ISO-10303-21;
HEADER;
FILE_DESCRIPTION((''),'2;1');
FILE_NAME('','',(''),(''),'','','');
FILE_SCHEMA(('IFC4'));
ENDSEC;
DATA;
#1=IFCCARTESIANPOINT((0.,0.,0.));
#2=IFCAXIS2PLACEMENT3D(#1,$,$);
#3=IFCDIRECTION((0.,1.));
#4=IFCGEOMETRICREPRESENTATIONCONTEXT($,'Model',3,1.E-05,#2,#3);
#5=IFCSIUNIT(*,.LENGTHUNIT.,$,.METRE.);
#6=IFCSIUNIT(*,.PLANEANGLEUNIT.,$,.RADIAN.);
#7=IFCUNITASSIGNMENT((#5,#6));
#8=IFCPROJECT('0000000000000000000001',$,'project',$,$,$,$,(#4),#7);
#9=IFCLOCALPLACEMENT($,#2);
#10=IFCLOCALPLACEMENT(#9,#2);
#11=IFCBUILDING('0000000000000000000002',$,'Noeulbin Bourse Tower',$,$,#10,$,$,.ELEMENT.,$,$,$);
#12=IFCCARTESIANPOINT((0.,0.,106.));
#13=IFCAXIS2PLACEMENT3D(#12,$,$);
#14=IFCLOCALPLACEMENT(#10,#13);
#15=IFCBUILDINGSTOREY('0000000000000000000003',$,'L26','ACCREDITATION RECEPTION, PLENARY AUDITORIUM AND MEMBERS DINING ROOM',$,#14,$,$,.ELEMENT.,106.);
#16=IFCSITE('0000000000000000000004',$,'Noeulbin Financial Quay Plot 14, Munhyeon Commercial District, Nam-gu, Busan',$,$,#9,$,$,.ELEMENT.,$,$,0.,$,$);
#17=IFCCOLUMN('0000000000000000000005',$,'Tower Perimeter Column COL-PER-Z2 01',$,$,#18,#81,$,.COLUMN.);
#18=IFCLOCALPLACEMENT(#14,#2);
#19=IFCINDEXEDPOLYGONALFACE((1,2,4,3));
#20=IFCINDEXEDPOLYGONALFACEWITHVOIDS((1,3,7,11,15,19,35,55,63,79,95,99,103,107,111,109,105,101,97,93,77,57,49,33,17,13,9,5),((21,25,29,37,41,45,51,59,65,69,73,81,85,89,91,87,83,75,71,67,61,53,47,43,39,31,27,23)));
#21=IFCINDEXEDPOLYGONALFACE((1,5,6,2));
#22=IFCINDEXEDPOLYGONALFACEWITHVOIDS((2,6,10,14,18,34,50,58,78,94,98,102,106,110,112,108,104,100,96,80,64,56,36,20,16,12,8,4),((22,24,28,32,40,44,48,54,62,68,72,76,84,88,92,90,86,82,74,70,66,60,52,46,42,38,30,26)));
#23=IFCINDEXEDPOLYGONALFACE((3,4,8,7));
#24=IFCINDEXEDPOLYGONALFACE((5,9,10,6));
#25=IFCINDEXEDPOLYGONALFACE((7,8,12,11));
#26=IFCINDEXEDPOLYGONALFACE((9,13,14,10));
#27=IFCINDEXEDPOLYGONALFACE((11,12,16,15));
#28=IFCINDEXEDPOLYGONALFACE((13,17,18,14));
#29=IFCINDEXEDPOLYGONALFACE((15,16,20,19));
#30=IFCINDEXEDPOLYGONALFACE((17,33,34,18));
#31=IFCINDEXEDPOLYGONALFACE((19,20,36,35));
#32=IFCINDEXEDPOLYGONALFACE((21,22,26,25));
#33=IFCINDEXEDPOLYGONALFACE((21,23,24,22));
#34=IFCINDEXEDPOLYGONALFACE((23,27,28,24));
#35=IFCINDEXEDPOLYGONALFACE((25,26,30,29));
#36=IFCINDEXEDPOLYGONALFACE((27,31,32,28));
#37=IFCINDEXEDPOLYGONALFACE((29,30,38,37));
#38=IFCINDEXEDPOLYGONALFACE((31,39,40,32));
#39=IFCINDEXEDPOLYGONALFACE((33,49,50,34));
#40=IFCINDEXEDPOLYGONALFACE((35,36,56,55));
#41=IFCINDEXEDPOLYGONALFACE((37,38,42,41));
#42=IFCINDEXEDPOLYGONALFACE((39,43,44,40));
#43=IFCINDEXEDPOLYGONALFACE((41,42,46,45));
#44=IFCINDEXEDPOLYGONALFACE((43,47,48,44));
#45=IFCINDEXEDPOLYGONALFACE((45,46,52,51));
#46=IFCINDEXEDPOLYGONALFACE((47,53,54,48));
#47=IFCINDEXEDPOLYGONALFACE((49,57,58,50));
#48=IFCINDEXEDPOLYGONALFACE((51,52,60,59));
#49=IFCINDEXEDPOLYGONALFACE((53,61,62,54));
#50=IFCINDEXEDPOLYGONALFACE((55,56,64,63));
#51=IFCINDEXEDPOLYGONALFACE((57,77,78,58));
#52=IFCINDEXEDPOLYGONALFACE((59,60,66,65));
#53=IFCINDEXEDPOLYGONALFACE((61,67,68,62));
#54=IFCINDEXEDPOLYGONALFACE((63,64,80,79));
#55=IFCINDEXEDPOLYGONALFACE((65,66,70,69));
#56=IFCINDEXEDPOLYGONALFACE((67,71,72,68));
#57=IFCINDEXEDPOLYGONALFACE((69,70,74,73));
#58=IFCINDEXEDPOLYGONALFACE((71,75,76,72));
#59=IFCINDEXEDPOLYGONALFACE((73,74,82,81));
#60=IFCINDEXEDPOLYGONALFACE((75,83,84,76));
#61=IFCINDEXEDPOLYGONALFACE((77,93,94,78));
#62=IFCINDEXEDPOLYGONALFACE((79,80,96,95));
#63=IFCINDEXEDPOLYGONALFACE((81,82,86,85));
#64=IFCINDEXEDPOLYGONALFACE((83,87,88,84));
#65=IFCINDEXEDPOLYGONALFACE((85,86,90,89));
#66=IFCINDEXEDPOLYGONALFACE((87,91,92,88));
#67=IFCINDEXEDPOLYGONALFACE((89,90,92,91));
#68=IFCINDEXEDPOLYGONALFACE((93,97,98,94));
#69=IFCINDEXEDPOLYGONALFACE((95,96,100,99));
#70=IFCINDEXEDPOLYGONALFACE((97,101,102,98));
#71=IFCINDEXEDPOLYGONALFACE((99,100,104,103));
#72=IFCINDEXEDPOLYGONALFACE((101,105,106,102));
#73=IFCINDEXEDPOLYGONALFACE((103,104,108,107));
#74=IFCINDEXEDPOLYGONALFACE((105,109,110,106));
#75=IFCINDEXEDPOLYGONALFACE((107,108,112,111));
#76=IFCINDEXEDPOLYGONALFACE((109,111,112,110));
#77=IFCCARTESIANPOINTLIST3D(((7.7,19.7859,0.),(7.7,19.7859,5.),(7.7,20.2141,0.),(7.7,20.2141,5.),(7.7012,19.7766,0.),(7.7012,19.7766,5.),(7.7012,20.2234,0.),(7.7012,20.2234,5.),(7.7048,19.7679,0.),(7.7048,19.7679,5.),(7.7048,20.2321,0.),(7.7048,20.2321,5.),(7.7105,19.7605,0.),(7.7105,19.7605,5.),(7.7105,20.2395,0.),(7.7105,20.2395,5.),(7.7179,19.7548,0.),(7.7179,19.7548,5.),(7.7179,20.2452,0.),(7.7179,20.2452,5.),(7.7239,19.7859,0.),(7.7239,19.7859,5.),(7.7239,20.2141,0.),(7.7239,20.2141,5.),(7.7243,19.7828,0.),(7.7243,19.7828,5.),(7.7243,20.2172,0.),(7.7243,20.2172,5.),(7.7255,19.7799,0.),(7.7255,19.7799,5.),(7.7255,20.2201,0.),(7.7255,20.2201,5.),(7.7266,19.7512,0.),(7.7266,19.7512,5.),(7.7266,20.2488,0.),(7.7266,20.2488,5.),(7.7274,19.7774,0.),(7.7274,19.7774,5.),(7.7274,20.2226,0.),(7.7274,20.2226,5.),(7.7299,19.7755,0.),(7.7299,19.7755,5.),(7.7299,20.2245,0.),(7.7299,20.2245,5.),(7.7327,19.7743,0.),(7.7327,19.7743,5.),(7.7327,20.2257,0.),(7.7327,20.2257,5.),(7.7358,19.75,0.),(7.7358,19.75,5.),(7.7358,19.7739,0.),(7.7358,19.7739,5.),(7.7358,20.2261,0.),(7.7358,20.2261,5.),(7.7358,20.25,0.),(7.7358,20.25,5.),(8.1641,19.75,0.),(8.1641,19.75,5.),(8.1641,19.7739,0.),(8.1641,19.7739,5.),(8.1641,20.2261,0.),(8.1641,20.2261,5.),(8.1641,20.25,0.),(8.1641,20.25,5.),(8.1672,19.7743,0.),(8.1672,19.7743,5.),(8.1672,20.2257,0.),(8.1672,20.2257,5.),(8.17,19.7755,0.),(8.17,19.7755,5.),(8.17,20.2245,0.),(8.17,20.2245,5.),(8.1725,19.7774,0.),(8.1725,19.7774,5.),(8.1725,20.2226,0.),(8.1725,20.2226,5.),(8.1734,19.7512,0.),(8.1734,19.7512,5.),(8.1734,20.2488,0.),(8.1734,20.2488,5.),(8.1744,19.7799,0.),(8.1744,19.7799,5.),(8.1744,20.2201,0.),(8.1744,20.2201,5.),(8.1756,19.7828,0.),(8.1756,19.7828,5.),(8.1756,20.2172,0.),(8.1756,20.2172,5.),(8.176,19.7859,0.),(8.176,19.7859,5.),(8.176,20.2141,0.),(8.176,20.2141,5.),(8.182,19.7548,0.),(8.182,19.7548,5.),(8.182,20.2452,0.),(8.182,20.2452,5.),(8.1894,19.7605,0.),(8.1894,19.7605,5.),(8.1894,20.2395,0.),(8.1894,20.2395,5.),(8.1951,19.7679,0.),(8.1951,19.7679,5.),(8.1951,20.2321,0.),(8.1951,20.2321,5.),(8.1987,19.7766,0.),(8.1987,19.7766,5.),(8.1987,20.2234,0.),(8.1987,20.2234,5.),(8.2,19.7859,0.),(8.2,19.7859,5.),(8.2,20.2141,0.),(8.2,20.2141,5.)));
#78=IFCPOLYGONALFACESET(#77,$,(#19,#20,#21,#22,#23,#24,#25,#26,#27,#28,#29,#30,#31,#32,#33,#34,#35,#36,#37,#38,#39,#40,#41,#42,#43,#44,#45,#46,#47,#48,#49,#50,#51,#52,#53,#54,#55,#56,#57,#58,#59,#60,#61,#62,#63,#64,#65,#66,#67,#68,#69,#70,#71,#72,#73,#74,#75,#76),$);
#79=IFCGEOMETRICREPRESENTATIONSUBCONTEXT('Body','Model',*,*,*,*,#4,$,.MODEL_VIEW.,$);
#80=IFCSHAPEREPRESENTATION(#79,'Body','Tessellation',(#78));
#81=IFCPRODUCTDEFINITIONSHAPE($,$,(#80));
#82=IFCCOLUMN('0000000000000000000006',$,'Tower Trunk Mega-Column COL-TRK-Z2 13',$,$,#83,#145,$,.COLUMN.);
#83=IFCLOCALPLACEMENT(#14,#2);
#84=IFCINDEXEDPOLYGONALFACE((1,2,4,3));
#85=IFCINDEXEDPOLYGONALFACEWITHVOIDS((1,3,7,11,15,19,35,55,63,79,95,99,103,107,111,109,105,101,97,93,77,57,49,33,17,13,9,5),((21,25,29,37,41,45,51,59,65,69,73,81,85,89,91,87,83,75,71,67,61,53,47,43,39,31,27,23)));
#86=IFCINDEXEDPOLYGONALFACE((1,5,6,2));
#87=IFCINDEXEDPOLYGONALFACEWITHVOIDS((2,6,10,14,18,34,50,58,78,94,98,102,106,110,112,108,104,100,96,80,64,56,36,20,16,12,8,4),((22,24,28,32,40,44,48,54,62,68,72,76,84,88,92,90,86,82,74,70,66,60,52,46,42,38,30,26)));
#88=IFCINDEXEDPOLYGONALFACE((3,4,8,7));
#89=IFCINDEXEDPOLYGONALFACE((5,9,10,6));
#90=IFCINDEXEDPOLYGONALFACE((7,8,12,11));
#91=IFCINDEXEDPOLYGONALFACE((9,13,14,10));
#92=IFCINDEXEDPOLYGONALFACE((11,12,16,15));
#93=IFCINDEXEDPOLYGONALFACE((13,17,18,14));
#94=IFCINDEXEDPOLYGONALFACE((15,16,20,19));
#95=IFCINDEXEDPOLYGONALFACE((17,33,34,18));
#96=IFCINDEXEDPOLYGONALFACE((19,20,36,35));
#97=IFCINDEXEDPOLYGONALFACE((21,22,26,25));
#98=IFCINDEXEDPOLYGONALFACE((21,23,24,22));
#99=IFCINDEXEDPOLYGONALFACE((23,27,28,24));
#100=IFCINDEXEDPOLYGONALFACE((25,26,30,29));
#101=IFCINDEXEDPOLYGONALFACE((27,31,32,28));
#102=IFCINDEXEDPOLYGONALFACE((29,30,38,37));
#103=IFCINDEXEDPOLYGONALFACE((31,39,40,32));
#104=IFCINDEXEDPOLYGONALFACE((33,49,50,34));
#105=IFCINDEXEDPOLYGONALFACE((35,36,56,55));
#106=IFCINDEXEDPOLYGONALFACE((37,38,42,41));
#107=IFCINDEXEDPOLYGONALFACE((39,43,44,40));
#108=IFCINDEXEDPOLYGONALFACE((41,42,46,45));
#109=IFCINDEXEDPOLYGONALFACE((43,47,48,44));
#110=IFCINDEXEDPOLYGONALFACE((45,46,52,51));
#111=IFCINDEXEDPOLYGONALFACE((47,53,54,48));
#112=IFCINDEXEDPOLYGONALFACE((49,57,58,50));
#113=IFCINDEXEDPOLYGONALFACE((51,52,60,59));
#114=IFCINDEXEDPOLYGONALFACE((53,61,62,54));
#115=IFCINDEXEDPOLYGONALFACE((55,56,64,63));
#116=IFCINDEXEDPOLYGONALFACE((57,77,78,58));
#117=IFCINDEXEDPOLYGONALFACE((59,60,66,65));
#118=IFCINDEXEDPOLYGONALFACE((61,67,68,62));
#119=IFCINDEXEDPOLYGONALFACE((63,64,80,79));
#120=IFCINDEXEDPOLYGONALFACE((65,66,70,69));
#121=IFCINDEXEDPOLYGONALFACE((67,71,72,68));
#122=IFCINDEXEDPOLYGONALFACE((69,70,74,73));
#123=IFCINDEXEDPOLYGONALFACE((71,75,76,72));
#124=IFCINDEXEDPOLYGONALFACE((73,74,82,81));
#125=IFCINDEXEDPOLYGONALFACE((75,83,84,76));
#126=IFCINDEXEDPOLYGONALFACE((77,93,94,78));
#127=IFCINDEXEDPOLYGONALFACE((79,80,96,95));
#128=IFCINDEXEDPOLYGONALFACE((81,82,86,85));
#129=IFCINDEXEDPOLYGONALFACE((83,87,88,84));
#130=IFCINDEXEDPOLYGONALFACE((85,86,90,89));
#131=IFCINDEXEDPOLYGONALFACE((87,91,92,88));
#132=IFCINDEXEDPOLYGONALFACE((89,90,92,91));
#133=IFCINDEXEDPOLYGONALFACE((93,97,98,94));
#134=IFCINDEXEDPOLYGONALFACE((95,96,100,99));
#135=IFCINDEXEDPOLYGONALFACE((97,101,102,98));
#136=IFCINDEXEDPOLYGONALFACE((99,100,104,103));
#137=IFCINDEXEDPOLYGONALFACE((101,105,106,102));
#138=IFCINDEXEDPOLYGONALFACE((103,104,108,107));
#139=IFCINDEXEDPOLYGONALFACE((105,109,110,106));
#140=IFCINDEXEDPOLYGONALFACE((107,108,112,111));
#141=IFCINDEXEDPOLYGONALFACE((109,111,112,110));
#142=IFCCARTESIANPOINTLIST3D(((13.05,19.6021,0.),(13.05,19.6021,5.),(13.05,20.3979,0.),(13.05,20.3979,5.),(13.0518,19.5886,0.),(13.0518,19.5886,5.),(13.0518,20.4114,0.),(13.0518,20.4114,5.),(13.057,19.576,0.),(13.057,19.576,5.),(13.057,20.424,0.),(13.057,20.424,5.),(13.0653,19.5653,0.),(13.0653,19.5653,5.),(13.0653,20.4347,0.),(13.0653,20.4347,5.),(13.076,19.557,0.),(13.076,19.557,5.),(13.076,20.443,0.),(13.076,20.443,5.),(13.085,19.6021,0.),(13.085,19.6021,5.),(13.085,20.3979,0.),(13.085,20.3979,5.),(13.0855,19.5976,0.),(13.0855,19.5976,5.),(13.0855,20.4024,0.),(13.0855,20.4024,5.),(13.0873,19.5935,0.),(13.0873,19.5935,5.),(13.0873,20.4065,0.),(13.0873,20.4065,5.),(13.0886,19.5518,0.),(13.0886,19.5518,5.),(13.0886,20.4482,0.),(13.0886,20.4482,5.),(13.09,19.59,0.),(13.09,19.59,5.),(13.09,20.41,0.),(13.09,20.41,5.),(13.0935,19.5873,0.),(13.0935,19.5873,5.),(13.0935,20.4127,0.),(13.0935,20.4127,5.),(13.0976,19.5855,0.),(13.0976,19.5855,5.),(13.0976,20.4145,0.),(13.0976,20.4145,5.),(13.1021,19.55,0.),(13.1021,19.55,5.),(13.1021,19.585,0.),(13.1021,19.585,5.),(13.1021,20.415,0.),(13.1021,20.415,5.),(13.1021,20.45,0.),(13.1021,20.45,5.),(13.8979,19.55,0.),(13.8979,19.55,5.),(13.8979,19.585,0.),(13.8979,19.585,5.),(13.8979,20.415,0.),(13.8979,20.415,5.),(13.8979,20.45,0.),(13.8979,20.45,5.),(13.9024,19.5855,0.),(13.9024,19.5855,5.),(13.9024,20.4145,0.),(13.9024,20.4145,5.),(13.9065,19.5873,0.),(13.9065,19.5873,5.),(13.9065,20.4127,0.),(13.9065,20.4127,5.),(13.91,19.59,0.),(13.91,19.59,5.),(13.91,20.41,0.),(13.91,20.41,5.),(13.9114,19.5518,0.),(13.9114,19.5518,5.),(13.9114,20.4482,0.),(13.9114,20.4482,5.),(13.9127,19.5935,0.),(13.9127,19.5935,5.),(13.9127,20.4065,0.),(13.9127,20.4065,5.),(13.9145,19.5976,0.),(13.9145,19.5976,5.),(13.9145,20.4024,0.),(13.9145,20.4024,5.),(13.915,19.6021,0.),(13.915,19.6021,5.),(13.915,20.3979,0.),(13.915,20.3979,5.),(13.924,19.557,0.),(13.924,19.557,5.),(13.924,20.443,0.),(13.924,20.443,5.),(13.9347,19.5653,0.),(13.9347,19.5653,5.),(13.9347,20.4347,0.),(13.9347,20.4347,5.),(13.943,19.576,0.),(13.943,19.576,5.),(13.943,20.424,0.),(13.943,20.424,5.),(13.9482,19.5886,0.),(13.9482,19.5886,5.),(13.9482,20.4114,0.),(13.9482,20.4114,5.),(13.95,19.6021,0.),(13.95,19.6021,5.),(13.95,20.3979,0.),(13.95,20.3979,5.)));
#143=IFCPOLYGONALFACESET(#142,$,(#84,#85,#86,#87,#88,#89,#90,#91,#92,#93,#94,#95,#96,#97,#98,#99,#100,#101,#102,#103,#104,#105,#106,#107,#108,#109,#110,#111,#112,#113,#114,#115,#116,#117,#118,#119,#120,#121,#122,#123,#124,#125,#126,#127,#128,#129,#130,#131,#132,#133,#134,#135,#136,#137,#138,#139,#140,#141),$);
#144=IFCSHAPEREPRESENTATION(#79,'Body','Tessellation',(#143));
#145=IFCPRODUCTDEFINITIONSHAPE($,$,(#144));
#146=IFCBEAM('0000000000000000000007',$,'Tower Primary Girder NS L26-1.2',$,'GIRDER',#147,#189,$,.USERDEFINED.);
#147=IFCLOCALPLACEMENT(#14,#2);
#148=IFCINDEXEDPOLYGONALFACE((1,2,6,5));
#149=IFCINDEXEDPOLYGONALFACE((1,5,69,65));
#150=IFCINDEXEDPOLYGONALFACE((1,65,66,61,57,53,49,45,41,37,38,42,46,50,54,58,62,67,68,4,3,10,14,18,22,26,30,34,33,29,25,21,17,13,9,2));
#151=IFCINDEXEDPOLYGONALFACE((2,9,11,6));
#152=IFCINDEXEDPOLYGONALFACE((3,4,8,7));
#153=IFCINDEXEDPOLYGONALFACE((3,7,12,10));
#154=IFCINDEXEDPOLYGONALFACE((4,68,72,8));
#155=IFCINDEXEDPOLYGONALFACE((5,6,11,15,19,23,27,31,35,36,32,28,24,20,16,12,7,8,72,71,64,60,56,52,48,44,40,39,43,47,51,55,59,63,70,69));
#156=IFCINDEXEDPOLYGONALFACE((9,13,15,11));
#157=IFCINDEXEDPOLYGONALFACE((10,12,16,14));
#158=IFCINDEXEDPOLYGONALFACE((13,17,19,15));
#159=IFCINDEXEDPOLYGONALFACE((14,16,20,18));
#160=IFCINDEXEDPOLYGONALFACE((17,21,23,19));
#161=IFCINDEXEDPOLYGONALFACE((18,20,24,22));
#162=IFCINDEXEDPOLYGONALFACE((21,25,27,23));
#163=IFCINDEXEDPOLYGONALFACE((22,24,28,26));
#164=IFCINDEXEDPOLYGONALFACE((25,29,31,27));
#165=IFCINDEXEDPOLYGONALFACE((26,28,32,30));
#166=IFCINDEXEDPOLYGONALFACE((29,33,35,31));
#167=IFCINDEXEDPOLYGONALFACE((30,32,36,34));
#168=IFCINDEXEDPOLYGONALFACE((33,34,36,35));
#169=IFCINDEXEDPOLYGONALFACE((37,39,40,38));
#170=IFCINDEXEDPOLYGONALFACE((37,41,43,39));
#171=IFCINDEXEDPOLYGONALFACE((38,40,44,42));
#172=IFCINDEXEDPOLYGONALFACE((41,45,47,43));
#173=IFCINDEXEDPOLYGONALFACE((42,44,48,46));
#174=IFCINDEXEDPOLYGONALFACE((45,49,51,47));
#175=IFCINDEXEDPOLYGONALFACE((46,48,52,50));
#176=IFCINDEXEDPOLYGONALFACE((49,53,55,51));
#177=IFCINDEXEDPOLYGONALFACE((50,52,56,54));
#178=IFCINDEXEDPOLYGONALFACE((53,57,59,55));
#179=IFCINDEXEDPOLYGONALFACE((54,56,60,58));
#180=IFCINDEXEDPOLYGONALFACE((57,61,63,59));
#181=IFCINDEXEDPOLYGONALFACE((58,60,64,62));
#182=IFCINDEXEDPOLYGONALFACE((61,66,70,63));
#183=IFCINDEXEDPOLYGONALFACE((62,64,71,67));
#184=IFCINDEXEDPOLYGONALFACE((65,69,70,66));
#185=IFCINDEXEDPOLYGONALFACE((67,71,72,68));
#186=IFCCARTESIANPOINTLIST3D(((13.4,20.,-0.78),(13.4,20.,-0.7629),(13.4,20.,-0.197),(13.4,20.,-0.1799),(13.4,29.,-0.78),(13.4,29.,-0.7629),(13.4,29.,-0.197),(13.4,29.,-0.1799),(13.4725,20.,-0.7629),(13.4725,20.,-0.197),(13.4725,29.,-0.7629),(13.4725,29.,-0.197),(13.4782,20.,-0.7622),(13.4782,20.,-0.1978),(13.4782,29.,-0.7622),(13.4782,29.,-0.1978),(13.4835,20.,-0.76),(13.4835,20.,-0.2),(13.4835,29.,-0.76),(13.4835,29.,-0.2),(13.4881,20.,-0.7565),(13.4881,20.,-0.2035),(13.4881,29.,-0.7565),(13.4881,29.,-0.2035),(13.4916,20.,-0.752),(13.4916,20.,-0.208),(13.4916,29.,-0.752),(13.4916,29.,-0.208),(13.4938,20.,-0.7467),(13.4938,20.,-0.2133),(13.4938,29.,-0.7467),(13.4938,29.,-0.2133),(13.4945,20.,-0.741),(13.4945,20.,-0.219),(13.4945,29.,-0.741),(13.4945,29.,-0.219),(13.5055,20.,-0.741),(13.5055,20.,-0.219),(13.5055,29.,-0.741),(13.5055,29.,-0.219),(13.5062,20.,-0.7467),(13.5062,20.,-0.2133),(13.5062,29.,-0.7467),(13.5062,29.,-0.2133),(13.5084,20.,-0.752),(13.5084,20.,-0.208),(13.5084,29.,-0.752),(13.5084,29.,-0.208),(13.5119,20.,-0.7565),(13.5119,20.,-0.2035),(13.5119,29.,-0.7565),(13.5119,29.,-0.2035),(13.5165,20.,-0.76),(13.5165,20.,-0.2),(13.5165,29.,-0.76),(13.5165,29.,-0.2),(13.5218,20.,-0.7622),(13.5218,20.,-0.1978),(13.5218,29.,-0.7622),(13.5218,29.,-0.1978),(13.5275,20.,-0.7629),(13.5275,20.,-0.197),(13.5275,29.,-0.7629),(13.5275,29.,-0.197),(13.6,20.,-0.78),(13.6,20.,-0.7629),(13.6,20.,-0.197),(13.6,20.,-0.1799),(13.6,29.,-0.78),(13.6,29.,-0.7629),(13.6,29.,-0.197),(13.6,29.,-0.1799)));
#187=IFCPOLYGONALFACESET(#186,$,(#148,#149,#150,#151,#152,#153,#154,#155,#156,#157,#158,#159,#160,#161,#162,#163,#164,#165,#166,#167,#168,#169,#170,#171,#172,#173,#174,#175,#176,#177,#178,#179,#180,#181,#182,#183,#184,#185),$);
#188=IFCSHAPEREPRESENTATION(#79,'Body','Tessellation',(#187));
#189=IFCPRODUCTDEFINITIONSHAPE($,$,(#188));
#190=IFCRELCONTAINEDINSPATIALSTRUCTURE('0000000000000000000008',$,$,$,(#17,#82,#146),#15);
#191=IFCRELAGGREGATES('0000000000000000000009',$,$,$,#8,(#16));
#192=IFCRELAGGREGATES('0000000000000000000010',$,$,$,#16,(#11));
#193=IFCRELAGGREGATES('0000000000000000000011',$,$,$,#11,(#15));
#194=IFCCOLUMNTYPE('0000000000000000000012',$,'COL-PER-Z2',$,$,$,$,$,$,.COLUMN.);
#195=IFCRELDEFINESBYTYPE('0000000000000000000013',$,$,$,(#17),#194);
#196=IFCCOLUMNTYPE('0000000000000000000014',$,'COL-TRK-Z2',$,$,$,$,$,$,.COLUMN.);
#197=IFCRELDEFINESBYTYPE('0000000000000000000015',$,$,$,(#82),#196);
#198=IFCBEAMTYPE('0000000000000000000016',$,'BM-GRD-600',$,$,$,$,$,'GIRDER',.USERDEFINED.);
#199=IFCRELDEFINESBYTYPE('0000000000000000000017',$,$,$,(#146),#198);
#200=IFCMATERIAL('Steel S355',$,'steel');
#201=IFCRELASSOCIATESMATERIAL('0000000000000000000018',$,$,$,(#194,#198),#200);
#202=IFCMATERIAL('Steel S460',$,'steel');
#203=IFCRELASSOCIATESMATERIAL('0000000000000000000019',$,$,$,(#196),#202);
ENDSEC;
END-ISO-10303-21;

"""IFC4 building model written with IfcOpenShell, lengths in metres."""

from ifc_helpers import new_model, si_unit, direction, frame, origin, origin_2d, place, context, subcontext, project, spatial, hollow_rectangle, i_section, extrude, material, material_profile, profile_set, type_object, element, save


model = new_model("IFC4")

# Units and contexts
model_context = context("Model", 3, precision=1e-05, world=origin(), true_north=direction((0.0, 1.0)))
body_context = subcontext(model_context, "Body", "Model", "MODEL_VIEW")
ifc_project = project(units=[si_unit("LENGTHUNIT", "METRE"), si_unit("PLANEANGLEUNIT", "RADIAN")], contexts=[model_context])

# Site, building, storey
site_placement = place(None, origin())
site = spatial("IfcSite", under=ifc_project, at=site_placement, Name="Noeulbin Financial Quay Plot 14, Munhyeon Commercial District, Nam-gu, Busan", CompositionType="ELEMENT", RefElevation=0.0)
building_placement = place(site_placement, origin())
building = spatial("IfcBuilding", under=site, at=building_placement, Name="Noeulbin Bourse Tower", CompositionType="ELEMENT")
storey_placement = place(building_placement, frame((0.0, 0.0, 106.0)))
storey = spatial("IfcBuildingStorey", under=building, at=storey_placement, Name="L26", Description="ACCREDITATION RECEPTION, PLENARY AUDITORIUM AND MEMBERS DINING ROOM", CompositionType="ELEMENT", Elevation=106.0)

# Columns
ifc_material_1 = material(Name="Steel S355", Category="steel")
ifc_material_profile_1 = material_profile(ifc_material_1, hollow_rectangle(XDim=0.5, YDim=0.5, WallThickness=0.0239, InnerFilletRadius=0.012, OuterFilletRadius=0.0359, at=origin_2d()), Name="BOX-500x500x24", Category="LoadBearing")
ifc_profile_set_1 = profile_set([ifc_material_profile_1], Name="Steel S355")
column_type_1 = type_object("IfcColumnType", Name="COL-PER-Z2", PredefinedType="COLUMN", material=ifc_profile_set_1)
column_1_placement = place(storey_placement, frame((7.95, 20.0, 0.0), z_axis=(0.0, 0.0, 1.0), x_axis=(1.0, 0.0, 0.0)))
element("IfcColumn", 1, at=column_1_placement, inside=storey, type_object=column_type_1, Name="Tower Perimeter Column COL-PER-Z2 01", PredefinedType="COLUMN", context=body_context, shape_type="SweptSolid", body=[
    extrude(hollow_rectangle(XDim=0.5, YDim=0.5, WallThickness=0.0239, InnerFilletRadius=0.012, OuterFilletRadius=0.0359, at=origin_2d()), origin(), (0.0, 0.0, 1.0), 5.0),
])
ifc_material_2 = material(Name="Steel S460", Category="steel")
ifc_material_profile_2 = material_profile(ifc_material_2, hollow_rectangle(XDim=0.8999, YDim=0.8999, WallThickness=0.0349, InnerFilletRadius=0.0171, OuterFilletRadius=0.052, at=origin_2d()), Name="BOX-900x900x35", Category="LoadBearing")
ifc_profile_set_2 = profile_set([ifc_material_profile_2], Name="Steel S460")
column_type_2 = type_object("IfcColumnType", Name="COL-TRK-Z2", PredefinedType="COLUMN", material=ifc_profile_set_2)
column_2_placement = place(storey_placement, frame((13.5, 20.0, 0.0), z_axis=(0.0, 0.0, 1.0), x_axis=(1.0, 0.0, 0.0)))
element("IfcColumn", 2, at=column_2_placement, inside=storey, type_object=column_type_2, Name="Tower Trunk Mega-Column COL-TRK-Z2 13", PredefinedType="COLUMN", context=body_context, shape_type="SweptSolid", body=[
    extrude(hollow_rectangle(XDim=0.8999, YDim=0.8999, WallThickness=0.0349, InnerFilletRadius=0.0171, OuterFilletRadius=0.052, at=origin_2d()), origin(), (0.0, 0.0, 1.0), 5.0),
])

# Beam
ifc_material_profile_3 = material_profile(ifc_material_1, i_section(OverallWidth=0.2, OverallDepth=0.6001, WebThickness=0.011, FlangeThickness=0.0171, FilletRadius=0.022, at=origin_2d()), Name="H-600x200x11x17", Category="LoadBearing")
ifc_profile_set_3 = profile_set([ifc_material_profile_3], Name="Steel S355")
beam_type_1 = type_object("IfcBeamType", Name="BM-GRD-600", ElementType="GIRDER", PredefinedType="USERDEFINED", material=ifc_profile_set_3)
beam_1_placement = place(storey_placement, frame((13.5, 20.0, -0.48), z_axis=(0.0, 1.0, 0.0), x_axis=(-1.0, 0.0, 0.0)))
element("IfcBeam", 3, at=beam_1_placement, inside=storey, type_object=beam_type_1, Name="Tower Primary Girder NS L26-1.2", ObjectType="GIRDER", PredefinedType="USERDEFINED", context=body_context, shape_type="SweptSolid", body=[
    extrude(i_section(OverallWidth=0.2, OverallDepth=0.6001, WebThickness=0.011, FlangeThickness=0.0171, FilletRadius=0.022, at=origin_2d()), origin(), (0.0, 0.0, 1.0), 9.0),
])

save(model, "model.ifc")
